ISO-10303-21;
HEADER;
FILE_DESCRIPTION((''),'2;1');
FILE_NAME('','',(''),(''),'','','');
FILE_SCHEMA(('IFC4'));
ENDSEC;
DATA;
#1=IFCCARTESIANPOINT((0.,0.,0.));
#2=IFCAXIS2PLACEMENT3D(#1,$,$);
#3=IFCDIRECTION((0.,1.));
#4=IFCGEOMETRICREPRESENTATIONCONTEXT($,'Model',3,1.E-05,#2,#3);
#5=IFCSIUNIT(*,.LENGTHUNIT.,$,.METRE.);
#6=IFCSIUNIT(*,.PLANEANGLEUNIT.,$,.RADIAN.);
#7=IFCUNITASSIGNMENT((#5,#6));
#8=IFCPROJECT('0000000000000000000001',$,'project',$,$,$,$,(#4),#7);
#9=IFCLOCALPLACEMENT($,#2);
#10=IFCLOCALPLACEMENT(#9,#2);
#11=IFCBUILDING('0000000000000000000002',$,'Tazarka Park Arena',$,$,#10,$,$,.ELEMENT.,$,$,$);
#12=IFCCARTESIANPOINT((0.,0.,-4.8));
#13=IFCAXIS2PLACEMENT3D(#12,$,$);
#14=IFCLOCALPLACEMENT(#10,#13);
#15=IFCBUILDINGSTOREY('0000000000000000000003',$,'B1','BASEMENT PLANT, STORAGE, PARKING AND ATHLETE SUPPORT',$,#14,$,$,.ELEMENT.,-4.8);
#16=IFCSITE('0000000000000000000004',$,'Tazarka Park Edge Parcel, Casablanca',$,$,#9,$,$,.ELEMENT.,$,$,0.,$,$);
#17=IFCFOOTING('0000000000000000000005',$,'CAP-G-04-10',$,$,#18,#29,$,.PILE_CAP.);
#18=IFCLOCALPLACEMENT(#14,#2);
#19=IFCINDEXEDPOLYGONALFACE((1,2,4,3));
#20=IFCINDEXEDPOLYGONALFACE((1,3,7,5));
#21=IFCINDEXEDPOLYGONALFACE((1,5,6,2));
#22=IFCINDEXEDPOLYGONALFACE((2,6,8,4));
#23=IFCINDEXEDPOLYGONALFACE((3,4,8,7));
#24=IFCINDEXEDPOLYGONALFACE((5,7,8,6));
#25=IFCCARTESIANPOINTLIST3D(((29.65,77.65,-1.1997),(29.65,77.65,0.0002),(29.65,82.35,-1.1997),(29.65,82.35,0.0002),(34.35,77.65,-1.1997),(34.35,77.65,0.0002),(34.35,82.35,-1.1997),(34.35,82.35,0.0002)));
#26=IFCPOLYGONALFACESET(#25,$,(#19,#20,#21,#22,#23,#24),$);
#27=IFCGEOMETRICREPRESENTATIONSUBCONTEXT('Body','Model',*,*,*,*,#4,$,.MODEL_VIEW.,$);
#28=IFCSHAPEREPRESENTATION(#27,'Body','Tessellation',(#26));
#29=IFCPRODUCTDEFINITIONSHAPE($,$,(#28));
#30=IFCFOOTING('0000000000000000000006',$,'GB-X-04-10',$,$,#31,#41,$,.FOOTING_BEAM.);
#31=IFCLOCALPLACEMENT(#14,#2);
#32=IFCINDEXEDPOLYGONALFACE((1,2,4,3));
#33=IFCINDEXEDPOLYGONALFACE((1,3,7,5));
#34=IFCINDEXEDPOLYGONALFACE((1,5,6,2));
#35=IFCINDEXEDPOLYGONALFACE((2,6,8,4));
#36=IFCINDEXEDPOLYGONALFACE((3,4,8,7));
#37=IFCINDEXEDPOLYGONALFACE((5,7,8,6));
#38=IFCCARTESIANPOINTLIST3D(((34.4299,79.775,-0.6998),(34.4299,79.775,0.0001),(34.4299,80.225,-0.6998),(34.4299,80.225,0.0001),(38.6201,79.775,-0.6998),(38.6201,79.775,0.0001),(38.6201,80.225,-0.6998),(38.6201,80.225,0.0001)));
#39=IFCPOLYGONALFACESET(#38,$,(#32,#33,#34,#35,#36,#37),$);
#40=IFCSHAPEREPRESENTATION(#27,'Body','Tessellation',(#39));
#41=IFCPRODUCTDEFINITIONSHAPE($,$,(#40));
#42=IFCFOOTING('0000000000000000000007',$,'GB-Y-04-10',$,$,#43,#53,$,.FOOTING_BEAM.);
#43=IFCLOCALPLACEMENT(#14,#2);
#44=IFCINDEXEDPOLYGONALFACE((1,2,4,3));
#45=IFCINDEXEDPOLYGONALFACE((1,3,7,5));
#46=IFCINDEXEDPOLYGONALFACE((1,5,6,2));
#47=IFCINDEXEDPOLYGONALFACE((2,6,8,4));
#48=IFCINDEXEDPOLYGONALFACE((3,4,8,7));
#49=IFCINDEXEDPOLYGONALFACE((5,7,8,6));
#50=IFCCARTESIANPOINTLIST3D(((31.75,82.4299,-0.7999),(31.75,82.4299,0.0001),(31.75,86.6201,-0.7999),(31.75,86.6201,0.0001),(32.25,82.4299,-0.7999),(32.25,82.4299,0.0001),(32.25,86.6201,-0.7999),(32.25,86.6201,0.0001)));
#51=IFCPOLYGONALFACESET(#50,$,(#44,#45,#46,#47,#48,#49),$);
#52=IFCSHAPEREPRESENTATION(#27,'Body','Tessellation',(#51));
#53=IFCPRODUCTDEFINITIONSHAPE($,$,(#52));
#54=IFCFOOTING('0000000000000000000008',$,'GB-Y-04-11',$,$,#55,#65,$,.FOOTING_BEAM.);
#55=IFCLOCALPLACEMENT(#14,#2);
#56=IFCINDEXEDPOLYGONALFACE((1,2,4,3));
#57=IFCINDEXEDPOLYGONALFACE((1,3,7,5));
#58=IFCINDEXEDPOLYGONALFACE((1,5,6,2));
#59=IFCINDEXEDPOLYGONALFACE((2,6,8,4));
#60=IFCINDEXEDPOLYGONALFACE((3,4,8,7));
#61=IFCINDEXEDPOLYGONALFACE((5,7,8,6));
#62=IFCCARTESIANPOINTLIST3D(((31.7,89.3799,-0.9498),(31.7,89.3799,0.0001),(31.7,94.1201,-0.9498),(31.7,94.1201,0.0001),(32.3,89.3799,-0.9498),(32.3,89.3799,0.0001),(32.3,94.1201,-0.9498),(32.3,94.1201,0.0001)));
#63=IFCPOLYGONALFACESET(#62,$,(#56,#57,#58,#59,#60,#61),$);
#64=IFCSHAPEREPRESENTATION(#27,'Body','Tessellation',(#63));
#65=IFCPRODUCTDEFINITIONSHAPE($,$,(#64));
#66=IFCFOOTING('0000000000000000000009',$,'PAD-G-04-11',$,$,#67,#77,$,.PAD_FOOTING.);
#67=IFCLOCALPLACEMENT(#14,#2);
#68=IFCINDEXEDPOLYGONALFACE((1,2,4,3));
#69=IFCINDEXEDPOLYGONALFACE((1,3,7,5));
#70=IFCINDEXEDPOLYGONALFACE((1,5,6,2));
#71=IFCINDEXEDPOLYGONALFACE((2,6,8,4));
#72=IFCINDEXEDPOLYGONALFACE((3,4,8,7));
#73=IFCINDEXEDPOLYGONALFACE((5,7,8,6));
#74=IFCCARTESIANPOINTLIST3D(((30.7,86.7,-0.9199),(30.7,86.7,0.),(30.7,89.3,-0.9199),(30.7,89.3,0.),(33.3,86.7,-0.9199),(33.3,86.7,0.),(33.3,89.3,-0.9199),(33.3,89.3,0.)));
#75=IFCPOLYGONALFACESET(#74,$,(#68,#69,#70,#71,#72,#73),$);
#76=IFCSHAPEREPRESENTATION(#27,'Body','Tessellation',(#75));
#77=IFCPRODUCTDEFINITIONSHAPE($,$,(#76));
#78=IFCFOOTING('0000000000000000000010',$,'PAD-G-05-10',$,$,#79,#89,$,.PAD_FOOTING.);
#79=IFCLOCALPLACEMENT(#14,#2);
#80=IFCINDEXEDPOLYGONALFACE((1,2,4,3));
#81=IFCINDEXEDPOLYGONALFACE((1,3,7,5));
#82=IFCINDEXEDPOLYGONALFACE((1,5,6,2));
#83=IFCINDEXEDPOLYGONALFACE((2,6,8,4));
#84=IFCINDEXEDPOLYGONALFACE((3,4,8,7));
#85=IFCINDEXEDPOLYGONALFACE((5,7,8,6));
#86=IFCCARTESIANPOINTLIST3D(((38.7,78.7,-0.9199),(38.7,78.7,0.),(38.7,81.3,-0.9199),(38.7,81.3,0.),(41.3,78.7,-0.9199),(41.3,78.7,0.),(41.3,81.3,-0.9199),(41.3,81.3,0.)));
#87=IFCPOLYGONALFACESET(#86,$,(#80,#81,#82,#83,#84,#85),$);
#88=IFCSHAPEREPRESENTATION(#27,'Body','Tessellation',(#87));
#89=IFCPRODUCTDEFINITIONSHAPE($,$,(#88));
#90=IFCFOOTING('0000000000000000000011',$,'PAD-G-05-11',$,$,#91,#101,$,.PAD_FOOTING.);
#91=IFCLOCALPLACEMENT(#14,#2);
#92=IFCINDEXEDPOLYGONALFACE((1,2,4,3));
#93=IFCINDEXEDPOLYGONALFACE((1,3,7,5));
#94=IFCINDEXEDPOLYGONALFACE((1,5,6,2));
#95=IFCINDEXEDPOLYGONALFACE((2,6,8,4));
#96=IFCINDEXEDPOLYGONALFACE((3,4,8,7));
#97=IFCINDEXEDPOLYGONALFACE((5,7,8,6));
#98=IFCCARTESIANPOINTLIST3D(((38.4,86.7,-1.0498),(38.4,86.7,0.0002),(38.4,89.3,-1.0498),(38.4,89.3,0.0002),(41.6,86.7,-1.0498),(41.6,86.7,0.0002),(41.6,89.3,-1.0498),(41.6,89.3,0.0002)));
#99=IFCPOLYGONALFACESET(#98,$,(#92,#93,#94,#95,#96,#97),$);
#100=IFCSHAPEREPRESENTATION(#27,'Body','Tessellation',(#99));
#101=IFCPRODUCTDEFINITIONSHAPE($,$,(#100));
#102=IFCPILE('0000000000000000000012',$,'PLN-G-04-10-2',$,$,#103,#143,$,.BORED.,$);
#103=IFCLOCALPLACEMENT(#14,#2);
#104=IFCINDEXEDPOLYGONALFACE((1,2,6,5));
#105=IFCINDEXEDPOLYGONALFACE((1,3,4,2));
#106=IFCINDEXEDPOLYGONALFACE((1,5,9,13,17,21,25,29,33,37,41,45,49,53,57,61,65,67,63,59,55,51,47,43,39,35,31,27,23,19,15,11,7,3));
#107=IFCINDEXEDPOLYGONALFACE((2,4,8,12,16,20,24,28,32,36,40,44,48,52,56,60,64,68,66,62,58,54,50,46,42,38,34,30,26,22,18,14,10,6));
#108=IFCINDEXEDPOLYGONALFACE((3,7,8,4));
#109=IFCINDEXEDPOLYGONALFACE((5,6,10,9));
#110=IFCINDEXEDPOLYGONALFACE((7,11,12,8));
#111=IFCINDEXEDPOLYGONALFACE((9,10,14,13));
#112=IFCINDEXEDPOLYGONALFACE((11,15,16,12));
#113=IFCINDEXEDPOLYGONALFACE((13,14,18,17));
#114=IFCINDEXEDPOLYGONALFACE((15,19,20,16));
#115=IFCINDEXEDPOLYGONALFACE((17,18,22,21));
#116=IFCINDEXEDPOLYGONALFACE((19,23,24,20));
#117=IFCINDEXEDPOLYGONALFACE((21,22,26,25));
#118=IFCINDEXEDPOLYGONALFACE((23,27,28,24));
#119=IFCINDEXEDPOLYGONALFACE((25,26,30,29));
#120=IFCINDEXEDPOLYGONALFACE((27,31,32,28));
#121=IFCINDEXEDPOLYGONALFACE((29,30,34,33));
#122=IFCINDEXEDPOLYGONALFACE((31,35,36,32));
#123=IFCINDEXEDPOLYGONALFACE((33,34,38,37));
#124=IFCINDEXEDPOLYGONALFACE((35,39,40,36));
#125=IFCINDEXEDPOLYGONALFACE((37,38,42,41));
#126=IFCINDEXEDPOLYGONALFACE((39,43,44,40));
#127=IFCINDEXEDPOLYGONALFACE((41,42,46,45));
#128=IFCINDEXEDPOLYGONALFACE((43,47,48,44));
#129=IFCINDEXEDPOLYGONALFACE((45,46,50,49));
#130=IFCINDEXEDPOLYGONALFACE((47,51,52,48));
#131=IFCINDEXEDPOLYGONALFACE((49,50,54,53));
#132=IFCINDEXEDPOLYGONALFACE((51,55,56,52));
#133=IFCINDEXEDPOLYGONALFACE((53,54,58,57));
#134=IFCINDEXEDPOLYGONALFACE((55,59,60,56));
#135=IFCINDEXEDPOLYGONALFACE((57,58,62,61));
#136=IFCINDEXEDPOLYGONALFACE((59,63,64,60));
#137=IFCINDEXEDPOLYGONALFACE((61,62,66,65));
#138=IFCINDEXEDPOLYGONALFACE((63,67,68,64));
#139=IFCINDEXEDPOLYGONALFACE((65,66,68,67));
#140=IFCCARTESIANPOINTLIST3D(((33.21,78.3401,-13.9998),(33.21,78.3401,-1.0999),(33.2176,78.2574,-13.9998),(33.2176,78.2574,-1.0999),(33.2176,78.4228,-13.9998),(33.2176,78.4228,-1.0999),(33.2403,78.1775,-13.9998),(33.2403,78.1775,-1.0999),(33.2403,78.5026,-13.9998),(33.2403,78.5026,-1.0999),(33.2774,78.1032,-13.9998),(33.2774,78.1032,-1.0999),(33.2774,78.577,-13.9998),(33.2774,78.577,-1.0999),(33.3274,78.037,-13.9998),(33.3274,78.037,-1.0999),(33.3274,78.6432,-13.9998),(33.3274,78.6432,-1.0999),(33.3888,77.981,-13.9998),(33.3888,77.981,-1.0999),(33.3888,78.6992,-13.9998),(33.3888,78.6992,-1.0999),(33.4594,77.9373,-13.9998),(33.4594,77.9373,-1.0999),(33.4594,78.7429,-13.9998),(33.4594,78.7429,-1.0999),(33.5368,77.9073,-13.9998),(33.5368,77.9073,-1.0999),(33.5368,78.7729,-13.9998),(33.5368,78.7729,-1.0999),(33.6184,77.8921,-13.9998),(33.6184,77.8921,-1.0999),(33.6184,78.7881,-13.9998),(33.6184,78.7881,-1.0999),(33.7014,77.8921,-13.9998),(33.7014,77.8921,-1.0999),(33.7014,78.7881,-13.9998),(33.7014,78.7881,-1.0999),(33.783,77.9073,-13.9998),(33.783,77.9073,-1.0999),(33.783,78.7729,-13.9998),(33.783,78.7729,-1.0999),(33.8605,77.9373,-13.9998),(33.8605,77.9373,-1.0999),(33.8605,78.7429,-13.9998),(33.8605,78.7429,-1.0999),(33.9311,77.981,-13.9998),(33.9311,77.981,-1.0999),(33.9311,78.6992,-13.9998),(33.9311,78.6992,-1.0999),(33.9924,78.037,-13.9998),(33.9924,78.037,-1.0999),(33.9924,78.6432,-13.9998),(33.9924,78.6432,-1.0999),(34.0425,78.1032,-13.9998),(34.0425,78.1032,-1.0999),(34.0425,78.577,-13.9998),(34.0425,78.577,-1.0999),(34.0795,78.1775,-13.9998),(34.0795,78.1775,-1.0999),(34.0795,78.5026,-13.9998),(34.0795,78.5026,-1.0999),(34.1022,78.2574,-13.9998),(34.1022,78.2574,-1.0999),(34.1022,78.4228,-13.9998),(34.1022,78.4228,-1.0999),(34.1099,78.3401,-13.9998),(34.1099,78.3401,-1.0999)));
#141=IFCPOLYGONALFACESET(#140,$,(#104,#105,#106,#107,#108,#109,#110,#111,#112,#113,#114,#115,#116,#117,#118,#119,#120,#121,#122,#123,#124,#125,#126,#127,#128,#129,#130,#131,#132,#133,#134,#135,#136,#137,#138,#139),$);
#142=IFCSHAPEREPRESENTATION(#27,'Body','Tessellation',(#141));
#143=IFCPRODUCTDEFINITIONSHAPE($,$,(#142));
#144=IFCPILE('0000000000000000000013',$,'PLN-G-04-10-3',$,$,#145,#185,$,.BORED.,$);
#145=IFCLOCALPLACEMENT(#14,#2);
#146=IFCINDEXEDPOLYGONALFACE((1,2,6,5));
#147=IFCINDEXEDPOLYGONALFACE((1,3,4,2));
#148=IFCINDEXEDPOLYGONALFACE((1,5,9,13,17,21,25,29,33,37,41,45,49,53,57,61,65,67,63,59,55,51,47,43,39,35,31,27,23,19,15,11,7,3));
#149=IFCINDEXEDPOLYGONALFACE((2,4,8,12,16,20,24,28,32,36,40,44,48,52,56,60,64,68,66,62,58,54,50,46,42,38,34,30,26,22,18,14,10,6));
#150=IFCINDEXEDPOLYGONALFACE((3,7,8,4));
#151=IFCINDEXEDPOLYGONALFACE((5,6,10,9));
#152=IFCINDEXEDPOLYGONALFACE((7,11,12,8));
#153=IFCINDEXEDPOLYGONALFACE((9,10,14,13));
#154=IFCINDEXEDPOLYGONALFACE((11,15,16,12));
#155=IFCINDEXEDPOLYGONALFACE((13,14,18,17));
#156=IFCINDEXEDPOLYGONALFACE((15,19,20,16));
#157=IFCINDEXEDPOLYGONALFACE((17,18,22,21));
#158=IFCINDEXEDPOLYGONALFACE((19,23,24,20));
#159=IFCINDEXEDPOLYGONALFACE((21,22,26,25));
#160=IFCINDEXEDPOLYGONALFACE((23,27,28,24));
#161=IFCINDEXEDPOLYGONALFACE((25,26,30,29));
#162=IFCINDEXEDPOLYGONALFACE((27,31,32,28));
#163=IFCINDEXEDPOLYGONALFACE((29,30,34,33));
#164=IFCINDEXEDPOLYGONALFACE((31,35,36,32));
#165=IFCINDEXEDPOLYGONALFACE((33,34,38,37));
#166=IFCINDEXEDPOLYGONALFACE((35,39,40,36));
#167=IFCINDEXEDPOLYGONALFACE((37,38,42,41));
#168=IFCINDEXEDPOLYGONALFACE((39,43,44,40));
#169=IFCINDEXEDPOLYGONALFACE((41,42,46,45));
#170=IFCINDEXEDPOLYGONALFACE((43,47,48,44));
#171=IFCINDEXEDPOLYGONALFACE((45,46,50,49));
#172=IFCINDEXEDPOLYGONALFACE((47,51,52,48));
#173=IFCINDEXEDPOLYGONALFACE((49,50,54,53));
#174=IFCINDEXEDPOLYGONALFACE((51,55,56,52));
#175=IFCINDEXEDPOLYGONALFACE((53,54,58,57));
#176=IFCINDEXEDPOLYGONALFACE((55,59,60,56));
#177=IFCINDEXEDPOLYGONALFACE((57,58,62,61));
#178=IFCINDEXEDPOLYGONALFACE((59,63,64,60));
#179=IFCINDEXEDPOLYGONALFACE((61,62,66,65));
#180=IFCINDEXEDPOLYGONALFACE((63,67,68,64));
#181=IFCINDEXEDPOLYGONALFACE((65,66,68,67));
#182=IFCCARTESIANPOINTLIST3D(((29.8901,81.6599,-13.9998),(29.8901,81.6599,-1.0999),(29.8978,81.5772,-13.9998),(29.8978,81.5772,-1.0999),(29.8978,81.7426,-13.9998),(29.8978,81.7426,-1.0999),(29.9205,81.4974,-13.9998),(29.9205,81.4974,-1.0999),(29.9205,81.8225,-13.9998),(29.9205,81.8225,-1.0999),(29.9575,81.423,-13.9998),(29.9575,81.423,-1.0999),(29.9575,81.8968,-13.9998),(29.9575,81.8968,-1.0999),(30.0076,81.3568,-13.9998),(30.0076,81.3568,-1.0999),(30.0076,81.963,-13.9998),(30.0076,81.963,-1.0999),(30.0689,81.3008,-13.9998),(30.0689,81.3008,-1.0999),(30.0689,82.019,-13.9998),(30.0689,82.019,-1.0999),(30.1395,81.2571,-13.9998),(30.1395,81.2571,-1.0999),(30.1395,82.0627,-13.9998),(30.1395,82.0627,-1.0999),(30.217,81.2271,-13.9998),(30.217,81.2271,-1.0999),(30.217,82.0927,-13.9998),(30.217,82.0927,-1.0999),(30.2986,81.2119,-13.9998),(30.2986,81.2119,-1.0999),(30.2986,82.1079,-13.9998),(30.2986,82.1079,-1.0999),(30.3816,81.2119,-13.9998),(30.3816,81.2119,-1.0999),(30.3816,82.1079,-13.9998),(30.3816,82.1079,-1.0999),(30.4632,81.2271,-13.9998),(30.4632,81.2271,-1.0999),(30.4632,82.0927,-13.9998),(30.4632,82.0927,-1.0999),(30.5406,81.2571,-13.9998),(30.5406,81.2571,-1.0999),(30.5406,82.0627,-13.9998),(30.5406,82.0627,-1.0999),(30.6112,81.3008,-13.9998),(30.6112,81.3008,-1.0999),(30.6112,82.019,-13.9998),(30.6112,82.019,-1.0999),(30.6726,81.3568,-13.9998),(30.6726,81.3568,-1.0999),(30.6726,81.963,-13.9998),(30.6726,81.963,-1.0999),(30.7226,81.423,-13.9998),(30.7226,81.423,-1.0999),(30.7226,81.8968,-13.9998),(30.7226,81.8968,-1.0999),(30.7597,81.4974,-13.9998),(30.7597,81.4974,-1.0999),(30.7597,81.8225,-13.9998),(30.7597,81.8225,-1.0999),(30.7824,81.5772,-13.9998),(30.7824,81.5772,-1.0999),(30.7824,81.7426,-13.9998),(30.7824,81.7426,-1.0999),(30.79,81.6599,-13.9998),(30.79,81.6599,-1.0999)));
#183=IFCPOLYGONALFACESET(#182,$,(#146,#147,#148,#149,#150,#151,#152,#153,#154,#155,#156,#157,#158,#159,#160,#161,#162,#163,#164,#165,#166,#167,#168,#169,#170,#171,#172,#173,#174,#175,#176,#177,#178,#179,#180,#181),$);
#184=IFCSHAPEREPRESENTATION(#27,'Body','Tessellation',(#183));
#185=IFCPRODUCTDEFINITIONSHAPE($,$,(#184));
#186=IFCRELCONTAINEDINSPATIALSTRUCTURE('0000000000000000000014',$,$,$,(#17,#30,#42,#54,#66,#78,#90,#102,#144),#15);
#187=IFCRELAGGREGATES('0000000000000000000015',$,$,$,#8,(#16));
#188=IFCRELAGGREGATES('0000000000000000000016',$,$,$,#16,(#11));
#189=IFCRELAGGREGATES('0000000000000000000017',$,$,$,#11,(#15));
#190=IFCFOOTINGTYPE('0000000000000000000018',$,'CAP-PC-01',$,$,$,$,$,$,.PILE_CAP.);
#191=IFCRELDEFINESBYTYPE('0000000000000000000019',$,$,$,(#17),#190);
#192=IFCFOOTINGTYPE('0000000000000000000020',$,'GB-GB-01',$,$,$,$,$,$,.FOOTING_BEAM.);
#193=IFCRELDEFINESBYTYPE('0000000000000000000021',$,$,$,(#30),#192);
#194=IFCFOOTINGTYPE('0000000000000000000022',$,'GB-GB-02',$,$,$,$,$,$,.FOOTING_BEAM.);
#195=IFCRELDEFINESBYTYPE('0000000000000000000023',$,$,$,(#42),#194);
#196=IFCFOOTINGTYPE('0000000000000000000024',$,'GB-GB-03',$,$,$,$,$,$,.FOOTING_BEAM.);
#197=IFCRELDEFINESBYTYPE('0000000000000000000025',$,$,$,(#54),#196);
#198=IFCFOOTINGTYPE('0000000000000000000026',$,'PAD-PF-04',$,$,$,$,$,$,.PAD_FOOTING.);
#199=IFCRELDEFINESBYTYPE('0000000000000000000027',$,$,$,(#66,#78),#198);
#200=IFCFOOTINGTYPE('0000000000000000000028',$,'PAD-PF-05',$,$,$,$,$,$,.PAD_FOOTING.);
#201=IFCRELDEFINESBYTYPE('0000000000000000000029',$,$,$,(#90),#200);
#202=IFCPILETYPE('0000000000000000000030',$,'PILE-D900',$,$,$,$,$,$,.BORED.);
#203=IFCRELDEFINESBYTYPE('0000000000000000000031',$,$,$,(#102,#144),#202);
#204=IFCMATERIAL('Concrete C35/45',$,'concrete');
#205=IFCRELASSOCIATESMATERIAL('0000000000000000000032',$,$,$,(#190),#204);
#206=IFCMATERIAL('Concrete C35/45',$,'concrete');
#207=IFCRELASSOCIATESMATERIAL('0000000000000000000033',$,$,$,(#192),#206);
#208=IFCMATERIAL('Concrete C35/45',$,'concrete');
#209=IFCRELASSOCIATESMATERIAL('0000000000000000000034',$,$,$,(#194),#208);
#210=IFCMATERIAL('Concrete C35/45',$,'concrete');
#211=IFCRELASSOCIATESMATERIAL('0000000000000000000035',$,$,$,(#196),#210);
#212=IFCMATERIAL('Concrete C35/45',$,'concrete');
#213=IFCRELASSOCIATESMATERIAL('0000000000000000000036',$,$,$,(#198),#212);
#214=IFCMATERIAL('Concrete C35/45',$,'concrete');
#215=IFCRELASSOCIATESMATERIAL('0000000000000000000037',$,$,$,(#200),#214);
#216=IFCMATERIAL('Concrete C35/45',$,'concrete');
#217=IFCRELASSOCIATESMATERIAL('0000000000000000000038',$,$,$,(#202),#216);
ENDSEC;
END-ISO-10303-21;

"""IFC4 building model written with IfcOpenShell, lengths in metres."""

from ifc_helpers import new_model, si_unit, direction, frame, origin, origin_2d, place, context, subcontext, project, spatial, rectangle, circle, extrude, material, material_profile, profile_set, type_object, element, save


model = new_model("IFC4")

# Units and contexts
model_context = context("Model", 3, precision=1e-05, world=origin(), true_north=direction((0.0, 1.0)))
body_context = subcontext(model_context, "Body", "Model", "MODEL_VIEW")
ifc_project = project(units=[si_unit("LENGTHUNIT", "METRE"), si_unit("PLANEANGLEUNIT", "RADIAN")], contexts=[model_context])

# Site, building, storey
site_placement = place(None, origin())
site = spatial("IfcSite", under=ifc_project, at=site_placement, Name="Tazarka Park Edge Parcel, Casablanca", CompositionType="ELEMENT", RefElevation=0.0)
building_placement = place(site_placement, origin())
building = spatial("IfcBuilding", under=site, at=building_placement, Name="Tazarka Park Arena", CompositionType="ELEMENT")
storey_placement = place(building_placement, frame((0.0, 0.0, -4.8)))
storey = spatial("IfcBuildingStorey", under=building, at=storey_placement, Name="B1", Description="BASEMENT PLANT, STORAGE, PARKING AND ATHLETE SUPPORT", CompositionType="ELEMENT", Elevation=-4.8)

# Footings
ifc_material_1 = material(Name="Concrete C35/45", Category="concrete")
footing_type_1 = type_object("IfcFootingType", Name="CAP-PC-01", PredefinedType="PILE_CAP", material=ifc_material_1)
footing_1_placement = place(storey_placement, frame((32.0, 80.0, -1.1997), z_axis=(0.0, 0.0, 1.0), x_axis=(1.0, 0.0, 0.0)))
element("IfcFooting", 1, at=footing_1_placement, inside=storey, type_object=footing_type_1, Name="CAP-G-04-10", PredefinedType="PILE_CAP", context=body_context, shape_type="SweptSolid", body=[
    extrude(rectangle(XDim=4.7, YDim=4.7, at=origin_2d()), origin(), (0.0, 0.0, 1.0), 1.2),
])
ifc_material_2 = material(Name="Concrete C35/45", Category="concrete")
ifc_material_profile_1 = material_profile(ifc_material_2, rectangle(XDim=0.45, YDim=0.7, at=origin_2d()), Name="Concrete C35/45")
ifc_profile_set_1 = profile_set([ifc_material_profile_1], Name="Concrete C35/45")
footing_type_2 = type_object("IfcFootingType", Name="GB-GB-01", PredefinedType="FOOTING_BEAM", material=ifc_profile_set_1)
footing_2_placement = place(storey_placement, frame((34.4299, 80.0, -0.3499), z_axis=(1.0, 0.0, 0.0), x_axis=(0.0, 1.0, 0.0)))
element("IfcFooting", 2, at=footing_2_placement, inside=storey, type_object=footing_type_2, Name="GB-X-04-10", PredefinedType="FOOTING_BEAM", context=body_context, shape_type="SweptSolid", body=[
    extrude(rectangle(XDim=0.45, YDim=0.7, at=origin_2d()), origin(), (0.0, 0.0, 1.0), 4.1902),
])
ifc_material_3 = material(Name="Concrete C35/45", Category="concrete")
ifc_material_profile_2 = material_profile(ifc_material_3, rectangle(XDim=0.5, YDim=0.8, at=origin_2d()), Name="Concrete C35/45")
ifc_profile_set_2 = profile_set([ifc_material_profile_2], Name="Concrete C35/45")
footing_type_3 = type_object("IfcFootingType", Name="GB-GB-02", PredefinedType="FOOTING_BEAM", material=ifc_profile_set_2)
footing_3_placement = place(storey_placement, frame((32.0, 82.4299, -0.3999), z_axis=(0.0, 1.0, 0.0), x_axis=(-1.0, 0.0, 0.0)))
element("IfcFooting", 3, at=footing_3_placement, inside=storey, type_object=footing_type_3, Name="GB-Y-04-10", PredefinedType="FOOTING_BEAM", context=body_context, shape_type="SweptSolid", body=[
    extrude(rectangle(XDim=0.5, YDim=0.8, at=origin_2d()), origin(), (0.0, 0.0, 1.0), 4.1902),
])
ifc_material_4 = material(Name="Concrete C35/45", Category="concrete")
ifc_material_profile_3 = material_profile(ifc_material_4, rectangle(XDim=0.6001, YDim=0.95, at=origin_2d()), Name="Concrete C35/45")
ifc_profile_set_3 = profile_set([ifc_material_profile_3], Name="Concrete C35/45")
footing_type_4 = type_object("IfcFootingType", Name="GB-GB-03", PredefinedType="FOOTING_BEAM", material=ifc_profile_set_3)
footing_4_placement = place(storey_placement, frame((32.0, 89.3799, -0.4749), z_axis=(0.0, 1.0, 0.0), x_axis=(-1.0, 0.0, 0.0)))
element("IfcFooting", 4, at=footing_4_placement, inside=storey, type_object=footing_type_4, Name="GB-Y-04-11", PredefinedType="FOOTING_BEAM", context=body_context, shape_type="SweptSolid", body=[
    extrude(rectangle(XDim=0.6001, YDim=0.95, at=origin_2d()), origin(), (0.0, 0.0, 1.0), 4.7402),
])
ifc_material_5 = material(Name="Concrete C35/45", Category="concrete")
footing_type_5 = type_object("IfcFootingType", Name="PAD-PF-04", PredefinedType="PAD_FOOTING", material=ifc_material_5)
for number, where, z_axis, x_axis, name in (
    (5, (32.0, 88.0, -0.9199), (0.0, 0.0, 1.0), (1.0, 0.0, 0.0), "PAD-G-04-11"),
    (6, (40.0, 80.0, -0.9199), (0.0, 0.0, 1.0), (1.0, 0.0, 0.0), "PAD-G-05-10"),
):
    element("IfcFooting", number, at=place(storey_placement, frame(where, z_axis=z_axis, x_axis=x_axis)), inside=storey, type_object=footing_type_5, Name=name, PredefinedType="PAD_FOOTING", context=body_context, shape_type="SweptSolid", body=[
        extrude(rectangle(XDim=2.6001, YDim=2.6001, at=origin_2d()), origin(), (0.0, 0.0, 1.0), 0.9199),
    ])
ifc_material_6 = material(Name="Concrete C35/45", Category="concrete")
footing_type_6 = type_object("IfcFootingType", Name="PAD-PF-05", PredefinedType="PAD_FOOTING", material=ifc_material_6)
footing_5_placement = place(storey_placement, frame((40.0, 88.0, -1.0498), z_axis=(0.0, 0.0, 1.0), x_axis=(1.0, 0.0, 0.0)))
element("IfcFooting", 7, at=footing_5_placement, inside=storey, type_object=footing_type_6, Name="PAD-G-05-11", PredefinedType="PAD_FOOTING", context=body_context, shape_type="SweptSolid", body=[
    extrude(rectangle(XDim=3.2, YDim=2.6001, at=origin_2d()), origin(), (0.0, 0.0, 1.0), 1.05),
])

# Piles
ifc_material_7 = material(Name="Concrete C35/45", Category="concrete")
ifc_material_profile_4 = material_profile(ifc_material_7, circle(Radius=0.45, at=origin_2d()), Name="Concrete C35/45")
ifc_profile_set_4 = profile_set([ifc_material_profile_4], Name="Concrete C35/45")
pile_type = type_object("IfcPileType", Name="PILE-D900", PredefinedType="BORED", material=ifc_profile_set_4)
for number, where, z_axis, x_axis, name in (
    (8, (33.6599, 78.3401, -1.0999), (0.0, 0.0, -1.0), (1.0, 0.0, 0.0), "PLN-G-04-10-2"),
    (9, (30.3401, 81.6599, -1.0999), (0.0, 0.0, -1.0), (1.0, 0.0, 0.0), "PLN-G-04-10-3"),
):
    element("IfcPile", number, at=place(storey_placement, frame(where, z_axis=z_axis, x_axis=x_axis)), inside=storey, type_object=pile_type, Name=name, PredefinedType="BORED", context=body_context, shape_type="SweptSolid", body=[
        extrude(circle(Radius=0.45, at=origin_2d()), origin(), (0.0, 0.0, 1.0), 12.8999),
    ])

save(model, "model.ifc")
